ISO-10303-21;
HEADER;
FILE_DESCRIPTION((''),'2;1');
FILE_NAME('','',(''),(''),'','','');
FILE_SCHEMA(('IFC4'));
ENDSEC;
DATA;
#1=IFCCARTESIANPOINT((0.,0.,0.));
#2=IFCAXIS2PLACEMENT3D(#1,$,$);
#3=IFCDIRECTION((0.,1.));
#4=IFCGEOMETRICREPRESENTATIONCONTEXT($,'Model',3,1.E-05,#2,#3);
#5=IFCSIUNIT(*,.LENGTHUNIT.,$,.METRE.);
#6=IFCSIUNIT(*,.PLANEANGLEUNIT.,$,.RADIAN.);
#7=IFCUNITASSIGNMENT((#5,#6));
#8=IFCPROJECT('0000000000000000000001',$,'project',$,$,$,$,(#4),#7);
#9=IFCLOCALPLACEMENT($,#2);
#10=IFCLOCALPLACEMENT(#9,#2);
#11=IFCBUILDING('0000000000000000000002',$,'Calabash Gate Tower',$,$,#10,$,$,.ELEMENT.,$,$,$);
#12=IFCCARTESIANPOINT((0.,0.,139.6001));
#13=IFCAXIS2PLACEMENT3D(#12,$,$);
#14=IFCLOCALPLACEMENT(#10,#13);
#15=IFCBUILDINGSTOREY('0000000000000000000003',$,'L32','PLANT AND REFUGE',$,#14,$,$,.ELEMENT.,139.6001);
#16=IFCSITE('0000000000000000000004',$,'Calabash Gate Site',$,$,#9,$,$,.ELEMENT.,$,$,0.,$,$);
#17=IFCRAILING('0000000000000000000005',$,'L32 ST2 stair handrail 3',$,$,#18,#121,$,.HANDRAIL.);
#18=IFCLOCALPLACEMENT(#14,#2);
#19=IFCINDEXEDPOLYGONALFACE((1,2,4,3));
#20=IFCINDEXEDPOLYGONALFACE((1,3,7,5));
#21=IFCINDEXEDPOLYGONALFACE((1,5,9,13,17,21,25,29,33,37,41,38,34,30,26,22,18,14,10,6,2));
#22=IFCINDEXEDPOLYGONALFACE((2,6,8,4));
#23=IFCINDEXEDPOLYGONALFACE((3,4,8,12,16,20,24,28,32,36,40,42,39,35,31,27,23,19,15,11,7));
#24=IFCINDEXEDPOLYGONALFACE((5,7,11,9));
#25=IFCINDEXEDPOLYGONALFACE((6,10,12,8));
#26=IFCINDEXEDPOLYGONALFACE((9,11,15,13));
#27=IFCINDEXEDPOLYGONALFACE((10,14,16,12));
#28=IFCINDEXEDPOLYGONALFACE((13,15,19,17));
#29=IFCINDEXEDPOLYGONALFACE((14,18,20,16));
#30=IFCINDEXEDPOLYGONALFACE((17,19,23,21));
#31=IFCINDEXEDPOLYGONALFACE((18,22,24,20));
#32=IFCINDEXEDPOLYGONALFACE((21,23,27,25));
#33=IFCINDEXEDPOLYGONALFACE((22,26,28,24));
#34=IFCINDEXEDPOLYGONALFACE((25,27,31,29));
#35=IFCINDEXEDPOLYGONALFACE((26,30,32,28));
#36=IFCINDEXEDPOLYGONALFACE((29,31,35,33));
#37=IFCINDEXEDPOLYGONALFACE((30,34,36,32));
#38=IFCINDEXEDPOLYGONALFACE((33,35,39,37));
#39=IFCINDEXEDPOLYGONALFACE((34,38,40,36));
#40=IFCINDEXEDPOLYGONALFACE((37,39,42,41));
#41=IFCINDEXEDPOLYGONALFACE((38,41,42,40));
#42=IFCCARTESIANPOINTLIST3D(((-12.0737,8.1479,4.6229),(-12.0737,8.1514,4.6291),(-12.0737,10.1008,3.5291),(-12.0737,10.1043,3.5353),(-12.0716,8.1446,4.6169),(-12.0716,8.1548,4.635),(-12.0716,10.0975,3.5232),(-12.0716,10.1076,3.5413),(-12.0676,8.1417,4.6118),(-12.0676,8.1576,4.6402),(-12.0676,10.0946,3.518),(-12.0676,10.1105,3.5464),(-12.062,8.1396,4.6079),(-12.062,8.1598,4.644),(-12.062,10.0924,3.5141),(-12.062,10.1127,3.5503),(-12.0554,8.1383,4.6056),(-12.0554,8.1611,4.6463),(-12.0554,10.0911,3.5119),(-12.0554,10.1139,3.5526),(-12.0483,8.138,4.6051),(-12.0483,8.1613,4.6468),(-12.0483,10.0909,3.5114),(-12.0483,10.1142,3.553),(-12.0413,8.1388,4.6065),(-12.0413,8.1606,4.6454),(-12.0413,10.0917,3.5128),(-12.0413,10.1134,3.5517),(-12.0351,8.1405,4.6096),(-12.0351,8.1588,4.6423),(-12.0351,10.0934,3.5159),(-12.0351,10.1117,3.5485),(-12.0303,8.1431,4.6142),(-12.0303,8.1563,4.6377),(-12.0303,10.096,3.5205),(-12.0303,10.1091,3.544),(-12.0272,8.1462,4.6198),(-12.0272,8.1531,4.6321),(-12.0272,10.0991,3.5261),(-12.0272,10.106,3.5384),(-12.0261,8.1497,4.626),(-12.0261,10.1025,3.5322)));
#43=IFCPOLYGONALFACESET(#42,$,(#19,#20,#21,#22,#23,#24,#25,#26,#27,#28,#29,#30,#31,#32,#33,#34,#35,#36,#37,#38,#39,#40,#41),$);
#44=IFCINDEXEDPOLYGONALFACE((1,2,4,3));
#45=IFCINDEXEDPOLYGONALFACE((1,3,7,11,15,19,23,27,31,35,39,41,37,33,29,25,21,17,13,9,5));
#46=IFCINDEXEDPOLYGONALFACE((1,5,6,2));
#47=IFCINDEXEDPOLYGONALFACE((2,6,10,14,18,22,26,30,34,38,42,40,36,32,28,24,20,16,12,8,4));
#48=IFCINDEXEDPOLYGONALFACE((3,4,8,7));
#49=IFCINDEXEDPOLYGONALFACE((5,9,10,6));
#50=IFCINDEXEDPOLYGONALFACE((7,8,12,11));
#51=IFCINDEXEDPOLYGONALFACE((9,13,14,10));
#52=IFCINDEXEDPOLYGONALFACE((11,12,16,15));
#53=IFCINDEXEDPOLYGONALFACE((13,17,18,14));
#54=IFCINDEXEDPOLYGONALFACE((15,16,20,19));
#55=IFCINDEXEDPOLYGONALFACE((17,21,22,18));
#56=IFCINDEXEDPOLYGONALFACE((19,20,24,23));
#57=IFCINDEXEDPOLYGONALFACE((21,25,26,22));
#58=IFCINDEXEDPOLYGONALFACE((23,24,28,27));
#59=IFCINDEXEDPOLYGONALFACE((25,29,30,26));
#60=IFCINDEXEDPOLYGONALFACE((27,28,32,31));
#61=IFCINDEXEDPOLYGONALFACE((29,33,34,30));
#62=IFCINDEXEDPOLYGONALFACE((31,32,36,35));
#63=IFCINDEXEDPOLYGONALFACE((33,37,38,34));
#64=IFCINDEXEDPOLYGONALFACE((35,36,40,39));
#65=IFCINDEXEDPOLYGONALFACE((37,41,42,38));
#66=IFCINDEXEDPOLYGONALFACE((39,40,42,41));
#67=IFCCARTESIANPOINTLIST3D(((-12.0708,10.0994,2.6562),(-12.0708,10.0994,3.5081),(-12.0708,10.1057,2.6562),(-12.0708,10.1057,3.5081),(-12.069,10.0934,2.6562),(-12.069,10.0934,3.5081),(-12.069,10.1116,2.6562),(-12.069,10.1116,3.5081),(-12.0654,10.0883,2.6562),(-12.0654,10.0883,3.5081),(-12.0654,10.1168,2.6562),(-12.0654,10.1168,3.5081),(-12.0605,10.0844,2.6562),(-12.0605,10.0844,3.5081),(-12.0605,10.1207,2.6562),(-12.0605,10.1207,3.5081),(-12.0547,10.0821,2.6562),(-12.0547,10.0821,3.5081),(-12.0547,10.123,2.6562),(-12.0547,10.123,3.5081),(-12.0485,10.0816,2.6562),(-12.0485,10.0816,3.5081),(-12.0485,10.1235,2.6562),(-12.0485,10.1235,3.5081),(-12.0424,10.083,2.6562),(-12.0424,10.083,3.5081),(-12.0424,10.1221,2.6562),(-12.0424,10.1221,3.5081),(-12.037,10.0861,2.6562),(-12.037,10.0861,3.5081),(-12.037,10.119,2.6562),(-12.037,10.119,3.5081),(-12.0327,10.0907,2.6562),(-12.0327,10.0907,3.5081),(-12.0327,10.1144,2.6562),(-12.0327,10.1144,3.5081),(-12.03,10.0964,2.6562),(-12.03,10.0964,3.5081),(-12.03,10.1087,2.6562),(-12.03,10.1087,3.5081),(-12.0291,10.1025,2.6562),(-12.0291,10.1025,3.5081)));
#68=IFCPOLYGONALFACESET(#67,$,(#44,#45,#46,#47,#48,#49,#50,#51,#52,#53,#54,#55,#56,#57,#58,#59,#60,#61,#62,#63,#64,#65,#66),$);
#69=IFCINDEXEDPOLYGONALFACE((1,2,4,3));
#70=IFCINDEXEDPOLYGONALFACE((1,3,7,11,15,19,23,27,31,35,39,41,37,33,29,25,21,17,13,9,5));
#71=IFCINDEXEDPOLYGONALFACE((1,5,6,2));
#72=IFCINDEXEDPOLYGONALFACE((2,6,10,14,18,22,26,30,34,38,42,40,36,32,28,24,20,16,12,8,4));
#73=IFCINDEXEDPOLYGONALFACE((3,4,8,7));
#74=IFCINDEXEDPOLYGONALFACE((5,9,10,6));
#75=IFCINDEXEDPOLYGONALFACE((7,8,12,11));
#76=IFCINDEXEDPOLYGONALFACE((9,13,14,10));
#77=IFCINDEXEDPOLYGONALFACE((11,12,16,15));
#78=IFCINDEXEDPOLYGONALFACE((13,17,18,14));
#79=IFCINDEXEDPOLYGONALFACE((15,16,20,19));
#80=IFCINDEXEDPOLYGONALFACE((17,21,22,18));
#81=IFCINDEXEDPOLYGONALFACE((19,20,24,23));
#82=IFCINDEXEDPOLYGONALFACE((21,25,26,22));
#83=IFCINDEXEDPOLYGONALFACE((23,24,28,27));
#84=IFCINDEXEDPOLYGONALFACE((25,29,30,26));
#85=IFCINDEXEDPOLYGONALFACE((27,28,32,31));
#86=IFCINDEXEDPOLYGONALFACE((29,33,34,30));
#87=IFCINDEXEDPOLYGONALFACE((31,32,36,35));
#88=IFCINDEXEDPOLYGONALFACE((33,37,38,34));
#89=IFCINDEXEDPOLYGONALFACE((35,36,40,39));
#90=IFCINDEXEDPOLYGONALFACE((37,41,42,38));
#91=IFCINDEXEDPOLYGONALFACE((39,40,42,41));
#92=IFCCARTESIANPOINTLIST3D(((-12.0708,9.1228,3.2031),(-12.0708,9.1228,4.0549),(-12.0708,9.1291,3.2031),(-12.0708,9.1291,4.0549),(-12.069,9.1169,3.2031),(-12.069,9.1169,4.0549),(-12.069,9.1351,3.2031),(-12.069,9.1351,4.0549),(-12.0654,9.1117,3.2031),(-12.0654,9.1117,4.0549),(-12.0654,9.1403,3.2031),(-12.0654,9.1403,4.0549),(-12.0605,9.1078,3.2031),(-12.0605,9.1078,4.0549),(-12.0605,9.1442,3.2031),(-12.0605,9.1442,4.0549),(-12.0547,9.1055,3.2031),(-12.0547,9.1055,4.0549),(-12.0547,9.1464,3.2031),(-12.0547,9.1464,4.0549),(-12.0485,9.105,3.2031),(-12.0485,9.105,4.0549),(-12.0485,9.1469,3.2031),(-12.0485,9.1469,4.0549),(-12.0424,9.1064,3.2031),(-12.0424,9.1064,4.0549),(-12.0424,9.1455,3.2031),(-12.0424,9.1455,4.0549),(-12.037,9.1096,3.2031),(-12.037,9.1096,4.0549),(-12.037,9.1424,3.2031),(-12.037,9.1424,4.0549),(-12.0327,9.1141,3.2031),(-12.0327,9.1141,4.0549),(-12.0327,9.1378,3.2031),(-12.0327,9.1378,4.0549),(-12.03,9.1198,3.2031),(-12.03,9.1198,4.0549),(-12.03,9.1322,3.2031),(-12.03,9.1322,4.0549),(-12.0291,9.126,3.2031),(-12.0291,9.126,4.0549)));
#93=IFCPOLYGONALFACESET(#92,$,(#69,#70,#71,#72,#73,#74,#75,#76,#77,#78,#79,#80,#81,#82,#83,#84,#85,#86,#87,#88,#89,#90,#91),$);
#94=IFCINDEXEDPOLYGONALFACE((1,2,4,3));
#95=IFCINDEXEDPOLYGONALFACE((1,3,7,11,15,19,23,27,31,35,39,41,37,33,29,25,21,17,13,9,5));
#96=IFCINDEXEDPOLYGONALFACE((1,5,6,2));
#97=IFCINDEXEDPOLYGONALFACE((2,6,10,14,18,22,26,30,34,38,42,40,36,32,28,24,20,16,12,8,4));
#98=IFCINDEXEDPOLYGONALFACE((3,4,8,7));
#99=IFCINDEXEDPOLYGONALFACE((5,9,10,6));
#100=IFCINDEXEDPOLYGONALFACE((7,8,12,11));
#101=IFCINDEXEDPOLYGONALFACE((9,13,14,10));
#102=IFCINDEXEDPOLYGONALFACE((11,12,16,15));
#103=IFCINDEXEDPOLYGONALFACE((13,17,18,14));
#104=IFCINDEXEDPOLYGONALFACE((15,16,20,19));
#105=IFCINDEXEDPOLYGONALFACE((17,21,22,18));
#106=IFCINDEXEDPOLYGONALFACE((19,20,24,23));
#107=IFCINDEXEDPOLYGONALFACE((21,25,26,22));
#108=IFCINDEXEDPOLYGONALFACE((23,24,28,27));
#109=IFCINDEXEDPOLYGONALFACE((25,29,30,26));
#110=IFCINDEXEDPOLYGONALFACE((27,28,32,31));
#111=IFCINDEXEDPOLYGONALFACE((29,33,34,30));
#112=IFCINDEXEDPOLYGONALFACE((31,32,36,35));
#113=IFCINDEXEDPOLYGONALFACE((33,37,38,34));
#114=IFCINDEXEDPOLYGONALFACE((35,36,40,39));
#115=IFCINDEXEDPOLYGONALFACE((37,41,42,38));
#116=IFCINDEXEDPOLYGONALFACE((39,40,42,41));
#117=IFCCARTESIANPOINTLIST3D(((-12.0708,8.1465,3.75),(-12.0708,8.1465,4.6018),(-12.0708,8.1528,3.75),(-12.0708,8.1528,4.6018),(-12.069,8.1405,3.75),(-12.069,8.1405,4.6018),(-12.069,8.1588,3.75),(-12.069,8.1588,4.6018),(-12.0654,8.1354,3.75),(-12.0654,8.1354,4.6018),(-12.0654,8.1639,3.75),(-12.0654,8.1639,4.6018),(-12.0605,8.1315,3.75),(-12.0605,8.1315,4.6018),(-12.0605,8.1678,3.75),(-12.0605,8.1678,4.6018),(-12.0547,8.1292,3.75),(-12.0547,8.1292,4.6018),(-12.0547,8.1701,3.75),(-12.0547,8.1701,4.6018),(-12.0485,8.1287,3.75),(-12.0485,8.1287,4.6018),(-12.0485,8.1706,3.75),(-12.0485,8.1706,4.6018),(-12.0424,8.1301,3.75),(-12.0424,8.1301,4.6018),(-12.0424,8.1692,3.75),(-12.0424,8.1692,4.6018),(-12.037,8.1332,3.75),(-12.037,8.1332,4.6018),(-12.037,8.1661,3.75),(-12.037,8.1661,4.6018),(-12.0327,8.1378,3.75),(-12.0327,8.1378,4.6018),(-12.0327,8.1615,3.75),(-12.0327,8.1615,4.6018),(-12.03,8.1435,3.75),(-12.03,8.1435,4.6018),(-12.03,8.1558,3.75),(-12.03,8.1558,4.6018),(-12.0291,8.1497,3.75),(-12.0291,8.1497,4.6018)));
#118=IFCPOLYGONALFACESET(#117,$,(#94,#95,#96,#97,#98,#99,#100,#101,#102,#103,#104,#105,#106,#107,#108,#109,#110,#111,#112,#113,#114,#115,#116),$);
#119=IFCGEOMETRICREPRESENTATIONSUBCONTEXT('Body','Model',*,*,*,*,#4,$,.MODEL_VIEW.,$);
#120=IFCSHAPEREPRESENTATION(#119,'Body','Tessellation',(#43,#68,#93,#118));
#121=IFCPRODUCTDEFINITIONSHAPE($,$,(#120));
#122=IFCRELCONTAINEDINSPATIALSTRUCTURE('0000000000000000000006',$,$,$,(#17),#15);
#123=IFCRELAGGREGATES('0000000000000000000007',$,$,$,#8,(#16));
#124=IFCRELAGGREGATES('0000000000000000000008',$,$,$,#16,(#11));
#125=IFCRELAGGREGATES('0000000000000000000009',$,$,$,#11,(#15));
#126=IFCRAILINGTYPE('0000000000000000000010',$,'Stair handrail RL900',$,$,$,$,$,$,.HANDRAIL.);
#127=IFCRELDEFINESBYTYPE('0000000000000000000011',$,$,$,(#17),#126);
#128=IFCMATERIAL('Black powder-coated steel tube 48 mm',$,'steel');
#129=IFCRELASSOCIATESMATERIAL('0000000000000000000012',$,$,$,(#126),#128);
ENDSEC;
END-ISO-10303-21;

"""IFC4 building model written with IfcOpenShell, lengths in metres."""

from ifc_helpers import new_model, si_unit, direction, frame, origin, origin_2d, place, context, subcontext, project, spatial, circle, extrude, material, type_object, element, save


model = new_model("IFC4")

# Units and contexts
model_context = context("Model", 3, precision=1e-05, world=origin(), true_north=direction((0.0, 1.0)))
body_context = subcontext(model_context, "Body", "Model", "MODEL_VIEW")
ifc_project = project(units=[si_unit("LENGTHUNIT", "METRE"), si_unit("PLANEANGLEUNIT", "RADIAN")], contexts=[model_context])

# Site, building, storey
site_placement = place(None, origin())
site = spatial("IfcSite", under=ifc_project, at=site_placement, Name="Calabash Gate Site", CompositionType="ELEMENT", RefElevation=0.0)
building_placement = place(site_placement, origin())
building = spatial("IfcBuilding", under=site, at=building_placement, Name="Calabash Gate Tower", CompositionType="ELEMENT")
storey_placement = place(building_placement, frame((0.0, 0.0, 139.6001)))
storey = spatial("IfcBuildingStorey", under=building, at=storey_placement, Name="L32", Description="PLANT AND REFUGE", CompositionType="ELEMENT", Elevation=139.6001)

# Railing
ifc_material_1 = material(Name="Black powder-coated steel tube 48 mm", Category="steel")
railing_type_1 = type_object("IfcRailingType", Name="Stair handrail RL900", PredefinedType="HANDRAIL", material=ifc_material_1)
railing_1_placement = place(storey_placement, frame((-12.05, 10.1025, 2.6562)))
element("IfcRailing", 1, at=railing_1_placement, inside=storey, type_object=railing_type_1, Name="L32 ST2 stair handrail 3", PredefinedType="HANDRAIL", context=body_context, shape_type="SweptSolid", body=[
    extrude(circle(Radius=0.0239, at=origin_2d()), frame((0.0, 0.0, 0.876), z_axis=(0.0, -0.87248, 0.48865), x_axis=(1.0, 0.0, 0.0)), (0.0, 0.0, 1.0), 2.2383),
    extrude(circle(Radius=0.021, at=origin_2d()), origin(), (0.0, 0.0, 1.0), 0.8518),
    extrude(circle(Radius=0.021, at=origin_2d()), frame((0.0, -0.9766, 0.5469)), (0.0, 0.0, 1.0), 0.8518),
    extrude(circle(Radius=0.021, at=origin_2d()), frame((0.0, -1.9529, 1.0938)), (0.0, 0.0, 1.0), 0.8518),
])

save(model, "model.ifc")
